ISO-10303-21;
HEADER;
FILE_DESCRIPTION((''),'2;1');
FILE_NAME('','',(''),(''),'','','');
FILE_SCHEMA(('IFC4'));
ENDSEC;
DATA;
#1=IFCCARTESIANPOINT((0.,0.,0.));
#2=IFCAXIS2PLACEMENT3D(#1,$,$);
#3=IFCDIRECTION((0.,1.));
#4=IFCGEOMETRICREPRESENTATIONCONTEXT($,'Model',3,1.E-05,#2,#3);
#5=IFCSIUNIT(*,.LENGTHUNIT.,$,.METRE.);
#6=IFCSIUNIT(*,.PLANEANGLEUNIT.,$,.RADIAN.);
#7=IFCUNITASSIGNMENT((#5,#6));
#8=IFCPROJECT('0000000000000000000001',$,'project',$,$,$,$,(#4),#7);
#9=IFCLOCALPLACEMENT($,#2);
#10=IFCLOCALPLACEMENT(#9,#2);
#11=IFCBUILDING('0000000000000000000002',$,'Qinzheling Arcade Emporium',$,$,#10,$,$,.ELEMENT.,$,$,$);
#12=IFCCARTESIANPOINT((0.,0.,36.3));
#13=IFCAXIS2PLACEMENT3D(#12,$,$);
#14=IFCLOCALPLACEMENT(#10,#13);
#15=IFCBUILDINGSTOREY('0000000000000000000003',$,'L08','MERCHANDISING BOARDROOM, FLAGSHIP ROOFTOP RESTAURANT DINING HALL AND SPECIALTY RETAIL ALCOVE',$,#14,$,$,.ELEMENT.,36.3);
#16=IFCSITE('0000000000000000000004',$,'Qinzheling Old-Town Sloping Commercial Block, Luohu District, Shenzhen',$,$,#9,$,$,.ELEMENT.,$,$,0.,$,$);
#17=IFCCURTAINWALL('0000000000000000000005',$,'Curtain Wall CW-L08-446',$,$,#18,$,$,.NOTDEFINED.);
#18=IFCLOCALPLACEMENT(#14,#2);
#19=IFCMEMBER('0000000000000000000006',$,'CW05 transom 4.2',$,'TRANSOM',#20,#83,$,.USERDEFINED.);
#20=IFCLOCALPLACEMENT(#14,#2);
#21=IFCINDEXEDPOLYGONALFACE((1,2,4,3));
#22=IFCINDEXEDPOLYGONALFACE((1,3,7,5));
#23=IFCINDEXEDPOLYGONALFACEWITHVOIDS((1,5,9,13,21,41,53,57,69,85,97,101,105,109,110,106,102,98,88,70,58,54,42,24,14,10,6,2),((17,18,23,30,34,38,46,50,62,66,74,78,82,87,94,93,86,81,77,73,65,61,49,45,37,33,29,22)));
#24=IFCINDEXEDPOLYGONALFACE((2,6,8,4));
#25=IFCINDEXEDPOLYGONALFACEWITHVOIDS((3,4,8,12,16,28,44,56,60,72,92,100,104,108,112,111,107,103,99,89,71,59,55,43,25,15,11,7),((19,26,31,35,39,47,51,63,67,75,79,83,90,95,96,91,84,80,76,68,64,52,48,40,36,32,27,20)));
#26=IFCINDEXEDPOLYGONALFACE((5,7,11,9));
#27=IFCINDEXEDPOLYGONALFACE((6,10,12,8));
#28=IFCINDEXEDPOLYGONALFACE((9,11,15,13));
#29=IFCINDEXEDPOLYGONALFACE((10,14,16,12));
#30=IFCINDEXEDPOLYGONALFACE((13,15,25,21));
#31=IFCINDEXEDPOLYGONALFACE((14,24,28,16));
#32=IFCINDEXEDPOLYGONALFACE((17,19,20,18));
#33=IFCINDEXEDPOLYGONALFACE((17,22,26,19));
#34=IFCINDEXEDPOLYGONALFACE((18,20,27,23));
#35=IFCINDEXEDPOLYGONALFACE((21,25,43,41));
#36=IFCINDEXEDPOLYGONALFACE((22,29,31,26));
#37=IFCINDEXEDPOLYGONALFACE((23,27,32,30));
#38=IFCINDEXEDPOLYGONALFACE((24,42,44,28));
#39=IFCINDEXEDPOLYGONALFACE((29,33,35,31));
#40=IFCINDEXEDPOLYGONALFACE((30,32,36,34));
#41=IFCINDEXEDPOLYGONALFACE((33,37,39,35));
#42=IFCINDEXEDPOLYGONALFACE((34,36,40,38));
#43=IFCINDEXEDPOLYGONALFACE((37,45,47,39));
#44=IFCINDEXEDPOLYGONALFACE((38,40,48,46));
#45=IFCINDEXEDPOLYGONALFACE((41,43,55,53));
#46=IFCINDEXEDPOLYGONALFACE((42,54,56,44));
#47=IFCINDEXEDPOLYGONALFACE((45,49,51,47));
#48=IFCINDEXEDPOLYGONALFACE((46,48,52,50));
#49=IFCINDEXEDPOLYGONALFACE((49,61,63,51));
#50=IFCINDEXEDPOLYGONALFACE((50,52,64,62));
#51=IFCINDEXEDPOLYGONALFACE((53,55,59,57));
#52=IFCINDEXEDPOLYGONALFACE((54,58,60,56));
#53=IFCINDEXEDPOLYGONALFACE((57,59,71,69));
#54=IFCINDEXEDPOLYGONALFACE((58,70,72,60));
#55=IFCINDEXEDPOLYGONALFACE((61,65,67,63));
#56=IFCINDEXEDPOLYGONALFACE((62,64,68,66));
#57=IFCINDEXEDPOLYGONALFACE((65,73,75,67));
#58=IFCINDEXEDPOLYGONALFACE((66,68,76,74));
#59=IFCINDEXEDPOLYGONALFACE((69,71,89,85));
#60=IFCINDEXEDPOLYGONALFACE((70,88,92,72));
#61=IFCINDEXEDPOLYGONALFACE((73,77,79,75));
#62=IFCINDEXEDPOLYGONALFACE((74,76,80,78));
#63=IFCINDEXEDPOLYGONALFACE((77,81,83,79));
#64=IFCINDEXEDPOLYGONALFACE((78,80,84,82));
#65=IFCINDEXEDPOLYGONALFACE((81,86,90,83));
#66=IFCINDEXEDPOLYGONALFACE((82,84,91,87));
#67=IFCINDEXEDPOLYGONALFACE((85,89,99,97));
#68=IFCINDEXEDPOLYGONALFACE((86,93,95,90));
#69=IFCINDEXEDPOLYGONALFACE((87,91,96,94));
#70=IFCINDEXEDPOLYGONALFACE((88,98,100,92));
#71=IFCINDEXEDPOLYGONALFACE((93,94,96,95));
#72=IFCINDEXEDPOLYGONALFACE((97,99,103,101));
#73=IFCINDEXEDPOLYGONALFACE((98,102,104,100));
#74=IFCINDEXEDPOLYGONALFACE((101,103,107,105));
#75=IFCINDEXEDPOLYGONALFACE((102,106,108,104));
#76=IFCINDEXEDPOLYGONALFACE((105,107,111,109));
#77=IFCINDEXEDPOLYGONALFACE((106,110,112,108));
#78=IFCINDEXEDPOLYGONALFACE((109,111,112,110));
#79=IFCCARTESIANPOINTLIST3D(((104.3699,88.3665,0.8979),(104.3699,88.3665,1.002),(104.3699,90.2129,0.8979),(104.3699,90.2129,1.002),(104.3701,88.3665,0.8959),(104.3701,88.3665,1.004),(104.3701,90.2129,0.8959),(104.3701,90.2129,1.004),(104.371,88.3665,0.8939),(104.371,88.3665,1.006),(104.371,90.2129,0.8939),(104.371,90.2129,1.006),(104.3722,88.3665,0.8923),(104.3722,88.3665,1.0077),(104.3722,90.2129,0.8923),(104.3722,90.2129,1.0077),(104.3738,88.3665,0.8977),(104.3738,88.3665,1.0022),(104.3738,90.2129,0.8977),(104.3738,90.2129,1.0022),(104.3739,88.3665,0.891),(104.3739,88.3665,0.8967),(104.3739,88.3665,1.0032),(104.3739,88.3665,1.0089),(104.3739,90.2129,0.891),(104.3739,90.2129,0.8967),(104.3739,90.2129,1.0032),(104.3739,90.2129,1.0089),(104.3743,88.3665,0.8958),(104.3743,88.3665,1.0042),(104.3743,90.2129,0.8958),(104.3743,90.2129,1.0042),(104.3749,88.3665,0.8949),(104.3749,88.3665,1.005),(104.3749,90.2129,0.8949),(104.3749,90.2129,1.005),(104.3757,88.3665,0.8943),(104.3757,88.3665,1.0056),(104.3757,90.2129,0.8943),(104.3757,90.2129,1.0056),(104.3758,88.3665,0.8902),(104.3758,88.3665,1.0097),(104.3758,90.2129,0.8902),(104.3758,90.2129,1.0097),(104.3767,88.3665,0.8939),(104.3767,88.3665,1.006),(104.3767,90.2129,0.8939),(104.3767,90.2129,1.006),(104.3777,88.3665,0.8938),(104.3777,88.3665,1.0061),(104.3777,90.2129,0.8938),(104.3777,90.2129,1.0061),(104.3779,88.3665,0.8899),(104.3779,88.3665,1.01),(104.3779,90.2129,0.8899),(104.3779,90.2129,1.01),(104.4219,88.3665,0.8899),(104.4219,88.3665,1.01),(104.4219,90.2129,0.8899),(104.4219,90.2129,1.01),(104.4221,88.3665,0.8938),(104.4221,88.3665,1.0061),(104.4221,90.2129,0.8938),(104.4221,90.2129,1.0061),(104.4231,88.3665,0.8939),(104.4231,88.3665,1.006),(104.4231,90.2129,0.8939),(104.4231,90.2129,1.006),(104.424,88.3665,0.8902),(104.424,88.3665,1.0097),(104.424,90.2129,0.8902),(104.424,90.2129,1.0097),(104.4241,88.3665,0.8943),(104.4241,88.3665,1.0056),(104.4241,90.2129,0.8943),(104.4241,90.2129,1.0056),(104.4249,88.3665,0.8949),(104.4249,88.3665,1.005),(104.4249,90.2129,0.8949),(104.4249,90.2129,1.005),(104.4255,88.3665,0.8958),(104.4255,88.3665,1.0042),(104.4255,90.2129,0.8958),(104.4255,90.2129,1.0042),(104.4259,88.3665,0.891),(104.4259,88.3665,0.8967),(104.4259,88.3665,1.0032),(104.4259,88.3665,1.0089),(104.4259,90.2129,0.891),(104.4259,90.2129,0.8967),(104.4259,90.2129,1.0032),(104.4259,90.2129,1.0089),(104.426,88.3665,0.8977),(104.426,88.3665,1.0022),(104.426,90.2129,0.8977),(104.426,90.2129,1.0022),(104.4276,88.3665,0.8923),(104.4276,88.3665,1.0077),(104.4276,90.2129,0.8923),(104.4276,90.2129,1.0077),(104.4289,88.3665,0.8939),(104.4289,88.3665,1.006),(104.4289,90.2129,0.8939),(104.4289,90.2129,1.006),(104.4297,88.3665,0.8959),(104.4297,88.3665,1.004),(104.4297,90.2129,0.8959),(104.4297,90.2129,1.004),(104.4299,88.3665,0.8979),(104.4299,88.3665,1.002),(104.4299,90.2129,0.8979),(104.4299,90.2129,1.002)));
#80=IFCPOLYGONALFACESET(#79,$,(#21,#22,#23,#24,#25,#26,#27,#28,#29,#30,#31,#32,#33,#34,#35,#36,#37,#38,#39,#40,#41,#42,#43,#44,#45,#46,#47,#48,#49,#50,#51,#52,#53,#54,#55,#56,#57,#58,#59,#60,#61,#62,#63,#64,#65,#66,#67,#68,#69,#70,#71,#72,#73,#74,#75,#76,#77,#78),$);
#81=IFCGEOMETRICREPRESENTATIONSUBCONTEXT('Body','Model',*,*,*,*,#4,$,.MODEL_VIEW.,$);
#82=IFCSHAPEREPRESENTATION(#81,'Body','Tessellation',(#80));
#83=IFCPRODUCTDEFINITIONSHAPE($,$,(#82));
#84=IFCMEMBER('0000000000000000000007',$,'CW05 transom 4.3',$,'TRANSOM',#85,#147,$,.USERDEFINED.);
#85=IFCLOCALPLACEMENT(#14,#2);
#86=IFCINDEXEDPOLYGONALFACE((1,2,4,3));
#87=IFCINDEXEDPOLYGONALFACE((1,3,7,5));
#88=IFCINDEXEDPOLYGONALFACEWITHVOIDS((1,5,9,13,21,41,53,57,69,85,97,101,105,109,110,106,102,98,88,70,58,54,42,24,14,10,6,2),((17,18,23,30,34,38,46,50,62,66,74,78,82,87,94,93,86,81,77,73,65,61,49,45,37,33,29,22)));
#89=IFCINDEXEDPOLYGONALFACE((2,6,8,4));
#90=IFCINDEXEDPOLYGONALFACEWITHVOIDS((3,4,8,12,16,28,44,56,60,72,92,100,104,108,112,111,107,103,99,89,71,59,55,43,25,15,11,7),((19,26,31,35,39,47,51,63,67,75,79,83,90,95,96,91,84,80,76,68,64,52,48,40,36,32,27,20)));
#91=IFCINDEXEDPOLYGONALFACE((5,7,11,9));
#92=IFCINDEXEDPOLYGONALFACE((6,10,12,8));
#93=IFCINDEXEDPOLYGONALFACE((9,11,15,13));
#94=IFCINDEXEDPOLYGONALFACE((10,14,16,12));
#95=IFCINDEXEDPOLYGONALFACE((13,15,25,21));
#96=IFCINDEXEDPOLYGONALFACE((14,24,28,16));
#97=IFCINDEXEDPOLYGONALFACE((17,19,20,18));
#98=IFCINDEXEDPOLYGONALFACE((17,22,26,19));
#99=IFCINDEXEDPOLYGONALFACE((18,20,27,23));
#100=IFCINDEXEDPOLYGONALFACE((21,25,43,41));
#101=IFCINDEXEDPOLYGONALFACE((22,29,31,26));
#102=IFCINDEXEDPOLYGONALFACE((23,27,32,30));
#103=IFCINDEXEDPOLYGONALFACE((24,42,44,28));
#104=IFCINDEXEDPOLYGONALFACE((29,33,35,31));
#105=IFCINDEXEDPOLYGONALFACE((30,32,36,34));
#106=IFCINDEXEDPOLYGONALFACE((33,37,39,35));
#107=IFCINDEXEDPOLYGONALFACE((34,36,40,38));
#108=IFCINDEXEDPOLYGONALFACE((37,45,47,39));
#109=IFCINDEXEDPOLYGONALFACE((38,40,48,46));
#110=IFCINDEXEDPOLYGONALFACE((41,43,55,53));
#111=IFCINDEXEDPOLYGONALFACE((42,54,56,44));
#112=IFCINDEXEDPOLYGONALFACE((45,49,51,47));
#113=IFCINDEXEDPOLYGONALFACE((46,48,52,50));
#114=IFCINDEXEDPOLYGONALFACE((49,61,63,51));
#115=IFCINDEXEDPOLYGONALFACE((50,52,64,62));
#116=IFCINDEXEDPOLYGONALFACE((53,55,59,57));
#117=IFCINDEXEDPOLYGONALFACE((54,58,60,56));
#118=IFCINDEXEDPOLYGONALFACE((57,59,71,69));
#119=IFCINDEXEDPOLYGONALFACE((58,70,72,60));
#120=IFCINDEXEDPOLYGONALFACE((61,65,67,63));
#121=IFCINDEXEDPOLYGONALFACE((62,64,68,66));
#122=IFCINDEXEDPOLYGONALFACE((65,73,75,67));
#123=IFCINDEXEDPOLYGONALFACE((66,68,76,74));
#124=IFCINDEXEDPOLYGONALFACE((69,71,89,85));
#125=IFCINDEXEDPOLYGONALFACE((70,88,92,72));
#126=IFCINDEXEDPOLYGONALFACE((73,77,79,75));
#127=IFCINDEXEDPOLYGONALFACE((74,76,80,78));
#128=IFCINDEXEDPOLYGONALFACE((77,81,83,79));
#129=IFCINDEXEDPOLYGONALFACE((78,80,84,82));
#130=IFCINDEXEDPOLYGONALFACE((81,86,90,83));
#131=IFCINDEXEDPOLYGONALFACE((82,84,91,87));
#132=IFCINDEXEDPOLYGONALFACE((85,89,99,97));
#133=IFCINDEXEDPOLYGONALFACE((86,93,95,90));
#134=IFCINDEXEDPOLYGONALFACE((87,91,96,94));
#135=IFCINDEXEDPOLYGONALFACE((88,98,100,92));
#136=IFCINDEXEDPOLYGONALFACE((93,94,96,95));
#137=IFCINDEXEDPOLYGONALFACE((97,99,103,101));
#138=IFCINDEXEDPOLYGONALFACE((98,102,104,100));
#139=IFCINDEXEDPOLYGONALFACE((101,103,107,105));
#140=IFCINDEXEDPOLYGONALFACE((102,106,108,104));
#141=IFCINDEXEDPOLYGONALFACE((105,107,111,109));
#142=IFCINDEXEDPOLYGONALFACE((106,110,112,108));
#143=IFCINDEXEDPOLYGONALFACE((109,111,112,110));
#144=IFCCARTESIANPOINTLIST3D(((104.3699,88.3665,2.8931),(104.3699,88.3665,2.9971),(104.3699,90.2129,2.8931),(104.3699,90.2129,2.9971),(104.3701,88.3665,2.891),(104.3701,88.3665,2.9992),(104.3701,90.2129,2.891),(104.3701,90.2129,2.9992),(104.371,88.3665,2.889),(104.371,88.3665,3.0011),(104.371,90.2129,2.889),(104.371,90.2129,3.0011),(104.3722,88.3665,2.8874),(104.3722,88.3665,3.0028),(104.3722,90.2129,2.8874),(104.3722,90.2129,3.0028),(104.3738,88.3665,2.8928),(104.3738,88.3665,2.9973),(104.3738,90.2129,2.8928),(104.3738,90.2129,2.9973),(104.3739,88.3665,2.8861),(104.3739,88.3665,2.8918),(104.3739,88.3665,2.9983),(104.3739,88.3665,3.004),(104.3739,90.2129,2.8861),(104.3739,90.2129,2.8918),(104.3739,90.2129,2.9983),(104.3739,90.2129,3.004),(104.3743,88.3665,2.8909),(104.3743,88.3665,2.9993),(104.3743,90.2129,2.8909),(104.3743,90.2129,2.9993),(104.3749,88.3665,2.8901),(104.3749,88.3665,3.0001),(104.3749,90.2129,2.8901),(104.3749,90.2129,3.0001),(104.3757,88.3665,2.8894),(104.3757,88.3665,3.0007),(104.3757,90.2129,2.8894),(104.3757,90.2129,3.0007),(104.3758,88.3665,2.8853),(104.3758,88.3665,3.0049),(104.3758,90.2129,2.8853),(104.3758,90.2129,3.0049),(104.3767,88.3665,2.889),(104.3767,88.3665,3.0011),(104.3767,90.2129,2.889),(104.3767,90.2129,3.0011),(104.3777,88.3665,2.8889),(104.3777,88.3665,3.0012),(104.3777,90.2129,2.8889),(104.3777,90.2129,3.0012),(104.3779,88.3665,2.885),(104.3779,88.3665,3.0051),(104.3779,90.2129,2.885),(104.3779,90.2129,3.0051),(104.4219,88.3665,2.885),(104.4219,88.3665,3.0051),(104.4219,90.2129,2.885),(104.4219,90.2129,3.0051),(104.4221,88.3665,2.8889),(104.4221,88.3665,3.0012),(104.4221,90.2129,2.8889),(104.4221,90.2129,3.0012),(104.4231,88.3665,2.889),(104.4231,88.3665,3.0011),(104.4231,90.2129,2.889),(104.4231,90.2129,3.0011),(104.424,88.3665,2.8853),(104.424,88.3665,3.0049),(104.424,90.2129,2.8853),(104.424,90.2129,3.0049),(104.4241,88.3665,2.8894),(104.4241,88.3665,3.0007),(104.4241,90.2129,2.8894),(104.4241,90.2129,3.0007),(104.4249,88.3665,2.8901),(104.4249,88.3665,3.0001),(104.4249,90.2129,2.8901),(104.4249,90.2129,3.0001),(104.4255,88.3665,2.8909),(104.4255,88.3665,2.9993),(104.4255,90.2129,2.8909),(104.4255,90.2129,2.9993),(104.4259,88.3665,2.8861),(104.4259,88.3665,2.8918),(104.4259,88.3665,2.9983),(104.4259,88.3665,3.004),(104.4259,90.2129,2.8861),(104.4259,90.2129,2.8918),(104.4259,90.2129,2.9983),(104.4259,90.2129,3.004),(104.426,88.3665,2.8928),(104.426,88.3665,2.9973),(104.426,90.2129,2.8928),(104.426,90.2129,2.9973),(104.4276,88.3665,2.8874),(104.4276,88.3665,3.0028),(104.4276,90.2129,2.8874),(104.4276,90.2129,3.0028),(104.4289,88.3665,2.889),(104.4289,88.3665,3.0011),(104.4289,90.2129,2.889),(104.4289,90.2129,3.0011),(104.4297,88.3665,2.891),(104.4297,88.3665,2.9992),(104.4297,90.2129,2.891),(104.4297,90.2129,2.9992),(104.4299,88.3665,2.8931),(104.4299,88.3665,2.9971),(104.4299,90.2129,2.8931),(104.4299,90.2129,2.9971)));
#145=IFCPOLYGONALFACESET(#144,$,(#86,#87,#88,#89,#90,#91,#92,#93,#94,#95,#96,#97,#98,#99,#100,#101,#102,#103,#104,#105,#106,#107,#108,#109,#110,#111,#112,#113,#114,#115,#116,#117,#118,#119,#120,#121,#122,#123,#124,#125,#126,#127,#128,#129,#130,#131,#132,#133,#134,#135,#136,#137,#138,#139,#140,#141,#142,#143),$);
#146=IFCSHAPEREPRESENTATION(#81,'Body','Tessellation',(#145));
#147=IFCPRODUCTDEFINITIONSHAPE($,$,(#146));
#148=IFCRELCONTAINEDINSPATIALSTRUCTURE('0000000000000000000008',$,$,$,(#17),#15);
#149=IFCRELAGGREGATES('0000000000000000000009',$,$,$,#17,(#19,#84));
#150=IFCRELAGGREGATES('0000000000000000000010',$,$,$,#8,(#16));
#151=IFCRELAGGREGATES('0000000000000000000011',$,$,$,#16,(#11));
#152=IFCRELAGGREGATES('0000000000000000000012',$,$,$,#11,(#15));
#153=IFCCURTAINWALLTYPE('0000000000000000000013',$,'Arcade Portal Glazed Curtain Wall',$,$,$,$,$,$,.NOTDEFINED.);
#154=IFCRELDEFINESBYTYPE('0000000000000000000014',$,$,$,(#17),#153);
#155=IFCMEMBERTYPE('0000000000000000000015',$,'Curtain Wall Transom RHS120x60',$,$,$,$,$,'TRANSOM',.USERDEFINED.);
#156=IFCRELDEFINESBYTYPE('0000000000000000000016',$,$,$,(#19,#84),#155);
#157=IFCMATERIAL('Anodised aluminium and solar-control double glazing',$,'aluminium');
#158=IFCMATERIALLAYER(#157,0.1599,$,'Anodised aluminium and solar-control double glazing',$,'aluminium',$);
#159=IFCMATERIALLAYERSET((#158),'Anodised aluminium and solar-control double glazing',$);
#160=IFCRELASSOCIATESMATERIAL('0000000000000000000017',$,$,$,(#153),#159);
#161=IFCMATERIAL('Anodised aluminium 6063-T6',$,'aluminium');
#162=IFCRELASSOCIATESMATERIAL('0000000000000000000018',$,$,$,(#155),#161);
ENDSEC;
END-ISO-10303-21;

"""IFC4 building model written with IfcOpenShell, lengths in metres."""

from ifc_helpers import new_model, si_unit, direction, frame, origin, origin_2d, place, context, subcontext, project, spatial, hollow_rectangle, extrude, material, layer, layer_set, material_profile, profile_set, type_object, element, aggregate, save


model = new_model("IFC4")

# Units and contexts
model_context = context("Model", 3, precision=1e-05, world=origin(), true_north=direction((0.0, 1.0)))
body_context = subcontext(model_context, "Body", "Model", "MODEL_VIEW")
ifc_project = project(units=[si_unit("LENGTHUNIT", "METRE"), si_unit("PLANEANGLEUNIT", "RADIAN")], contexts=[model_context])

# Site, building, storey
site_placement = place(None, origin())
site = spatial("IfcSite", under=ifc_project, at=site_placement, Name="Qinzheling Old-Town Sloping Commercial Block, Luohu District, Shenzhen", CompositionType="ELEMENT", RefElevation=0.0)
building_placement = place(site_placement, origin())
building = spatial("IfcBuilding", under=site, at=building_placement, Name="Qinzheling Arcade Emporium", CompositionType="ELEMENT")
storey_placement = place(building_placement, frame((0.0, 0.0, 36.3)))
storey = spatial("IfcBuildingStorey", under=building, at=storey_placement, Name="L08", Description="MERCHANDISING BOARDROOM, FLAGSHIP ROOFTOP RESTAURANT DINING HALL AND SPECIALTY RETAIL ALCOVE", CompositionType="ELEMENT", Elevation=36.3)

# Curtain wall
ifc_material_1 = material(Name="Anodised aluminium and solar-control double glazing", Category="aluminium")
ifc_layer_1 = layer(ifc_material_1, 0.1599, Name="Anodised aluminium and solar-control double glazing", Category="aluminium")
ifc_layer_set_1 = layer_set([ifc_layer_1], Name="Anodised aluminium and solar-control double glazing")
curtain_wall_type = type_object("IfcCurtainWallType", Name="Arcade Portal Glazed Curtain Wall", PredefinedType="NOTDEFINED", material=ifc_layer_set_1)
curtain_wall_1_placement = place(storey_placement, origin())
curtain_wall_1 = element("IfcCurtainWall", 1, at=curtain_wall_1_placement, inside=storey, type_object=curtain_wall_type, Name="Curtain Wall CW-L08-446", PredefinedType="NOTDEFINED")
ifc_material_2 = material(Name="Anodised aluminium 6063-T6", Category="aluminium")

# Members
ifc_material_profile_1 = material_profile(ifc_material_2, hollow_rectangle(XDim=0.0601, YDim=0.1201, WallThickness=0.0039, InnerFilletRadius=0.0039, OuterFilletRadius=0.0081, at=origin_2d()), Name="RHS 120x60x4", Category="aluminium")
ifc_profile_set_1 = profile_set([ifc_material_profile_1], Name="Anodised aluminium 6063-T6")
member_type_1 = type_object("IfcMemberType", Name="Curtain Wall Transom RHS120x60", ElementType="TRANSOM", PredefinedType="USERDEFINED", material=ifc_profile_set_1)
member_1_placement = place(storey_placement, frame((104.3999, 88.3665, 0.95), z_axis=(0.0, 1.0, 0.0), x_axis=(-1.0, 0.0, 0.0)))
member_1 = element("IfcMember", 2, at=member_1_placement, type_object=member_type_1, Name="CW05 transom 4.2", ObjectType="TRANSOM", PredefinedType="USERDEFINED", context=body_context, shape_type="SweptSolid", body=[
    extrude(hollow_rectangle(XDim=0.0601, YDim=0.1201, WallThickness=0.0039, InnerFilletRadius=0.0039, OuterFilletRadius=0.0081, at=origin_2d()), origin(), (0.0, 0.0, 1.0), 1.8464),
])
member_2_placement = place(storey_placement, frame((104.3999, 88.3665, 2.9451), z_axis=(0.0, 1.0, 0.0), x_axis=(-1.0, 0.0, 0.0)))
member_2 = element("IfcMember", 3, at=member_2_placement, type_object=member_type_1, Name="CW05 transom 4.3", ObjectType="TRANSOM", PredefinedType="USERDEFINED", context=body_context, shape_type="SweptSolid", body=[
    extrude(hollow_rectangle(XDim=0.0601, YDim=0.1201, WallThickness=0.0039, InnerFilletRadius=0.0039, OuterFilletRadius=0.0081, at=origin_2d()), origin(), (0.0, 0.0, 1.0), 1.8464),
])

aggregate(curtain_wall_1, [member_1, member_2])

save(model, "model.ifc")
